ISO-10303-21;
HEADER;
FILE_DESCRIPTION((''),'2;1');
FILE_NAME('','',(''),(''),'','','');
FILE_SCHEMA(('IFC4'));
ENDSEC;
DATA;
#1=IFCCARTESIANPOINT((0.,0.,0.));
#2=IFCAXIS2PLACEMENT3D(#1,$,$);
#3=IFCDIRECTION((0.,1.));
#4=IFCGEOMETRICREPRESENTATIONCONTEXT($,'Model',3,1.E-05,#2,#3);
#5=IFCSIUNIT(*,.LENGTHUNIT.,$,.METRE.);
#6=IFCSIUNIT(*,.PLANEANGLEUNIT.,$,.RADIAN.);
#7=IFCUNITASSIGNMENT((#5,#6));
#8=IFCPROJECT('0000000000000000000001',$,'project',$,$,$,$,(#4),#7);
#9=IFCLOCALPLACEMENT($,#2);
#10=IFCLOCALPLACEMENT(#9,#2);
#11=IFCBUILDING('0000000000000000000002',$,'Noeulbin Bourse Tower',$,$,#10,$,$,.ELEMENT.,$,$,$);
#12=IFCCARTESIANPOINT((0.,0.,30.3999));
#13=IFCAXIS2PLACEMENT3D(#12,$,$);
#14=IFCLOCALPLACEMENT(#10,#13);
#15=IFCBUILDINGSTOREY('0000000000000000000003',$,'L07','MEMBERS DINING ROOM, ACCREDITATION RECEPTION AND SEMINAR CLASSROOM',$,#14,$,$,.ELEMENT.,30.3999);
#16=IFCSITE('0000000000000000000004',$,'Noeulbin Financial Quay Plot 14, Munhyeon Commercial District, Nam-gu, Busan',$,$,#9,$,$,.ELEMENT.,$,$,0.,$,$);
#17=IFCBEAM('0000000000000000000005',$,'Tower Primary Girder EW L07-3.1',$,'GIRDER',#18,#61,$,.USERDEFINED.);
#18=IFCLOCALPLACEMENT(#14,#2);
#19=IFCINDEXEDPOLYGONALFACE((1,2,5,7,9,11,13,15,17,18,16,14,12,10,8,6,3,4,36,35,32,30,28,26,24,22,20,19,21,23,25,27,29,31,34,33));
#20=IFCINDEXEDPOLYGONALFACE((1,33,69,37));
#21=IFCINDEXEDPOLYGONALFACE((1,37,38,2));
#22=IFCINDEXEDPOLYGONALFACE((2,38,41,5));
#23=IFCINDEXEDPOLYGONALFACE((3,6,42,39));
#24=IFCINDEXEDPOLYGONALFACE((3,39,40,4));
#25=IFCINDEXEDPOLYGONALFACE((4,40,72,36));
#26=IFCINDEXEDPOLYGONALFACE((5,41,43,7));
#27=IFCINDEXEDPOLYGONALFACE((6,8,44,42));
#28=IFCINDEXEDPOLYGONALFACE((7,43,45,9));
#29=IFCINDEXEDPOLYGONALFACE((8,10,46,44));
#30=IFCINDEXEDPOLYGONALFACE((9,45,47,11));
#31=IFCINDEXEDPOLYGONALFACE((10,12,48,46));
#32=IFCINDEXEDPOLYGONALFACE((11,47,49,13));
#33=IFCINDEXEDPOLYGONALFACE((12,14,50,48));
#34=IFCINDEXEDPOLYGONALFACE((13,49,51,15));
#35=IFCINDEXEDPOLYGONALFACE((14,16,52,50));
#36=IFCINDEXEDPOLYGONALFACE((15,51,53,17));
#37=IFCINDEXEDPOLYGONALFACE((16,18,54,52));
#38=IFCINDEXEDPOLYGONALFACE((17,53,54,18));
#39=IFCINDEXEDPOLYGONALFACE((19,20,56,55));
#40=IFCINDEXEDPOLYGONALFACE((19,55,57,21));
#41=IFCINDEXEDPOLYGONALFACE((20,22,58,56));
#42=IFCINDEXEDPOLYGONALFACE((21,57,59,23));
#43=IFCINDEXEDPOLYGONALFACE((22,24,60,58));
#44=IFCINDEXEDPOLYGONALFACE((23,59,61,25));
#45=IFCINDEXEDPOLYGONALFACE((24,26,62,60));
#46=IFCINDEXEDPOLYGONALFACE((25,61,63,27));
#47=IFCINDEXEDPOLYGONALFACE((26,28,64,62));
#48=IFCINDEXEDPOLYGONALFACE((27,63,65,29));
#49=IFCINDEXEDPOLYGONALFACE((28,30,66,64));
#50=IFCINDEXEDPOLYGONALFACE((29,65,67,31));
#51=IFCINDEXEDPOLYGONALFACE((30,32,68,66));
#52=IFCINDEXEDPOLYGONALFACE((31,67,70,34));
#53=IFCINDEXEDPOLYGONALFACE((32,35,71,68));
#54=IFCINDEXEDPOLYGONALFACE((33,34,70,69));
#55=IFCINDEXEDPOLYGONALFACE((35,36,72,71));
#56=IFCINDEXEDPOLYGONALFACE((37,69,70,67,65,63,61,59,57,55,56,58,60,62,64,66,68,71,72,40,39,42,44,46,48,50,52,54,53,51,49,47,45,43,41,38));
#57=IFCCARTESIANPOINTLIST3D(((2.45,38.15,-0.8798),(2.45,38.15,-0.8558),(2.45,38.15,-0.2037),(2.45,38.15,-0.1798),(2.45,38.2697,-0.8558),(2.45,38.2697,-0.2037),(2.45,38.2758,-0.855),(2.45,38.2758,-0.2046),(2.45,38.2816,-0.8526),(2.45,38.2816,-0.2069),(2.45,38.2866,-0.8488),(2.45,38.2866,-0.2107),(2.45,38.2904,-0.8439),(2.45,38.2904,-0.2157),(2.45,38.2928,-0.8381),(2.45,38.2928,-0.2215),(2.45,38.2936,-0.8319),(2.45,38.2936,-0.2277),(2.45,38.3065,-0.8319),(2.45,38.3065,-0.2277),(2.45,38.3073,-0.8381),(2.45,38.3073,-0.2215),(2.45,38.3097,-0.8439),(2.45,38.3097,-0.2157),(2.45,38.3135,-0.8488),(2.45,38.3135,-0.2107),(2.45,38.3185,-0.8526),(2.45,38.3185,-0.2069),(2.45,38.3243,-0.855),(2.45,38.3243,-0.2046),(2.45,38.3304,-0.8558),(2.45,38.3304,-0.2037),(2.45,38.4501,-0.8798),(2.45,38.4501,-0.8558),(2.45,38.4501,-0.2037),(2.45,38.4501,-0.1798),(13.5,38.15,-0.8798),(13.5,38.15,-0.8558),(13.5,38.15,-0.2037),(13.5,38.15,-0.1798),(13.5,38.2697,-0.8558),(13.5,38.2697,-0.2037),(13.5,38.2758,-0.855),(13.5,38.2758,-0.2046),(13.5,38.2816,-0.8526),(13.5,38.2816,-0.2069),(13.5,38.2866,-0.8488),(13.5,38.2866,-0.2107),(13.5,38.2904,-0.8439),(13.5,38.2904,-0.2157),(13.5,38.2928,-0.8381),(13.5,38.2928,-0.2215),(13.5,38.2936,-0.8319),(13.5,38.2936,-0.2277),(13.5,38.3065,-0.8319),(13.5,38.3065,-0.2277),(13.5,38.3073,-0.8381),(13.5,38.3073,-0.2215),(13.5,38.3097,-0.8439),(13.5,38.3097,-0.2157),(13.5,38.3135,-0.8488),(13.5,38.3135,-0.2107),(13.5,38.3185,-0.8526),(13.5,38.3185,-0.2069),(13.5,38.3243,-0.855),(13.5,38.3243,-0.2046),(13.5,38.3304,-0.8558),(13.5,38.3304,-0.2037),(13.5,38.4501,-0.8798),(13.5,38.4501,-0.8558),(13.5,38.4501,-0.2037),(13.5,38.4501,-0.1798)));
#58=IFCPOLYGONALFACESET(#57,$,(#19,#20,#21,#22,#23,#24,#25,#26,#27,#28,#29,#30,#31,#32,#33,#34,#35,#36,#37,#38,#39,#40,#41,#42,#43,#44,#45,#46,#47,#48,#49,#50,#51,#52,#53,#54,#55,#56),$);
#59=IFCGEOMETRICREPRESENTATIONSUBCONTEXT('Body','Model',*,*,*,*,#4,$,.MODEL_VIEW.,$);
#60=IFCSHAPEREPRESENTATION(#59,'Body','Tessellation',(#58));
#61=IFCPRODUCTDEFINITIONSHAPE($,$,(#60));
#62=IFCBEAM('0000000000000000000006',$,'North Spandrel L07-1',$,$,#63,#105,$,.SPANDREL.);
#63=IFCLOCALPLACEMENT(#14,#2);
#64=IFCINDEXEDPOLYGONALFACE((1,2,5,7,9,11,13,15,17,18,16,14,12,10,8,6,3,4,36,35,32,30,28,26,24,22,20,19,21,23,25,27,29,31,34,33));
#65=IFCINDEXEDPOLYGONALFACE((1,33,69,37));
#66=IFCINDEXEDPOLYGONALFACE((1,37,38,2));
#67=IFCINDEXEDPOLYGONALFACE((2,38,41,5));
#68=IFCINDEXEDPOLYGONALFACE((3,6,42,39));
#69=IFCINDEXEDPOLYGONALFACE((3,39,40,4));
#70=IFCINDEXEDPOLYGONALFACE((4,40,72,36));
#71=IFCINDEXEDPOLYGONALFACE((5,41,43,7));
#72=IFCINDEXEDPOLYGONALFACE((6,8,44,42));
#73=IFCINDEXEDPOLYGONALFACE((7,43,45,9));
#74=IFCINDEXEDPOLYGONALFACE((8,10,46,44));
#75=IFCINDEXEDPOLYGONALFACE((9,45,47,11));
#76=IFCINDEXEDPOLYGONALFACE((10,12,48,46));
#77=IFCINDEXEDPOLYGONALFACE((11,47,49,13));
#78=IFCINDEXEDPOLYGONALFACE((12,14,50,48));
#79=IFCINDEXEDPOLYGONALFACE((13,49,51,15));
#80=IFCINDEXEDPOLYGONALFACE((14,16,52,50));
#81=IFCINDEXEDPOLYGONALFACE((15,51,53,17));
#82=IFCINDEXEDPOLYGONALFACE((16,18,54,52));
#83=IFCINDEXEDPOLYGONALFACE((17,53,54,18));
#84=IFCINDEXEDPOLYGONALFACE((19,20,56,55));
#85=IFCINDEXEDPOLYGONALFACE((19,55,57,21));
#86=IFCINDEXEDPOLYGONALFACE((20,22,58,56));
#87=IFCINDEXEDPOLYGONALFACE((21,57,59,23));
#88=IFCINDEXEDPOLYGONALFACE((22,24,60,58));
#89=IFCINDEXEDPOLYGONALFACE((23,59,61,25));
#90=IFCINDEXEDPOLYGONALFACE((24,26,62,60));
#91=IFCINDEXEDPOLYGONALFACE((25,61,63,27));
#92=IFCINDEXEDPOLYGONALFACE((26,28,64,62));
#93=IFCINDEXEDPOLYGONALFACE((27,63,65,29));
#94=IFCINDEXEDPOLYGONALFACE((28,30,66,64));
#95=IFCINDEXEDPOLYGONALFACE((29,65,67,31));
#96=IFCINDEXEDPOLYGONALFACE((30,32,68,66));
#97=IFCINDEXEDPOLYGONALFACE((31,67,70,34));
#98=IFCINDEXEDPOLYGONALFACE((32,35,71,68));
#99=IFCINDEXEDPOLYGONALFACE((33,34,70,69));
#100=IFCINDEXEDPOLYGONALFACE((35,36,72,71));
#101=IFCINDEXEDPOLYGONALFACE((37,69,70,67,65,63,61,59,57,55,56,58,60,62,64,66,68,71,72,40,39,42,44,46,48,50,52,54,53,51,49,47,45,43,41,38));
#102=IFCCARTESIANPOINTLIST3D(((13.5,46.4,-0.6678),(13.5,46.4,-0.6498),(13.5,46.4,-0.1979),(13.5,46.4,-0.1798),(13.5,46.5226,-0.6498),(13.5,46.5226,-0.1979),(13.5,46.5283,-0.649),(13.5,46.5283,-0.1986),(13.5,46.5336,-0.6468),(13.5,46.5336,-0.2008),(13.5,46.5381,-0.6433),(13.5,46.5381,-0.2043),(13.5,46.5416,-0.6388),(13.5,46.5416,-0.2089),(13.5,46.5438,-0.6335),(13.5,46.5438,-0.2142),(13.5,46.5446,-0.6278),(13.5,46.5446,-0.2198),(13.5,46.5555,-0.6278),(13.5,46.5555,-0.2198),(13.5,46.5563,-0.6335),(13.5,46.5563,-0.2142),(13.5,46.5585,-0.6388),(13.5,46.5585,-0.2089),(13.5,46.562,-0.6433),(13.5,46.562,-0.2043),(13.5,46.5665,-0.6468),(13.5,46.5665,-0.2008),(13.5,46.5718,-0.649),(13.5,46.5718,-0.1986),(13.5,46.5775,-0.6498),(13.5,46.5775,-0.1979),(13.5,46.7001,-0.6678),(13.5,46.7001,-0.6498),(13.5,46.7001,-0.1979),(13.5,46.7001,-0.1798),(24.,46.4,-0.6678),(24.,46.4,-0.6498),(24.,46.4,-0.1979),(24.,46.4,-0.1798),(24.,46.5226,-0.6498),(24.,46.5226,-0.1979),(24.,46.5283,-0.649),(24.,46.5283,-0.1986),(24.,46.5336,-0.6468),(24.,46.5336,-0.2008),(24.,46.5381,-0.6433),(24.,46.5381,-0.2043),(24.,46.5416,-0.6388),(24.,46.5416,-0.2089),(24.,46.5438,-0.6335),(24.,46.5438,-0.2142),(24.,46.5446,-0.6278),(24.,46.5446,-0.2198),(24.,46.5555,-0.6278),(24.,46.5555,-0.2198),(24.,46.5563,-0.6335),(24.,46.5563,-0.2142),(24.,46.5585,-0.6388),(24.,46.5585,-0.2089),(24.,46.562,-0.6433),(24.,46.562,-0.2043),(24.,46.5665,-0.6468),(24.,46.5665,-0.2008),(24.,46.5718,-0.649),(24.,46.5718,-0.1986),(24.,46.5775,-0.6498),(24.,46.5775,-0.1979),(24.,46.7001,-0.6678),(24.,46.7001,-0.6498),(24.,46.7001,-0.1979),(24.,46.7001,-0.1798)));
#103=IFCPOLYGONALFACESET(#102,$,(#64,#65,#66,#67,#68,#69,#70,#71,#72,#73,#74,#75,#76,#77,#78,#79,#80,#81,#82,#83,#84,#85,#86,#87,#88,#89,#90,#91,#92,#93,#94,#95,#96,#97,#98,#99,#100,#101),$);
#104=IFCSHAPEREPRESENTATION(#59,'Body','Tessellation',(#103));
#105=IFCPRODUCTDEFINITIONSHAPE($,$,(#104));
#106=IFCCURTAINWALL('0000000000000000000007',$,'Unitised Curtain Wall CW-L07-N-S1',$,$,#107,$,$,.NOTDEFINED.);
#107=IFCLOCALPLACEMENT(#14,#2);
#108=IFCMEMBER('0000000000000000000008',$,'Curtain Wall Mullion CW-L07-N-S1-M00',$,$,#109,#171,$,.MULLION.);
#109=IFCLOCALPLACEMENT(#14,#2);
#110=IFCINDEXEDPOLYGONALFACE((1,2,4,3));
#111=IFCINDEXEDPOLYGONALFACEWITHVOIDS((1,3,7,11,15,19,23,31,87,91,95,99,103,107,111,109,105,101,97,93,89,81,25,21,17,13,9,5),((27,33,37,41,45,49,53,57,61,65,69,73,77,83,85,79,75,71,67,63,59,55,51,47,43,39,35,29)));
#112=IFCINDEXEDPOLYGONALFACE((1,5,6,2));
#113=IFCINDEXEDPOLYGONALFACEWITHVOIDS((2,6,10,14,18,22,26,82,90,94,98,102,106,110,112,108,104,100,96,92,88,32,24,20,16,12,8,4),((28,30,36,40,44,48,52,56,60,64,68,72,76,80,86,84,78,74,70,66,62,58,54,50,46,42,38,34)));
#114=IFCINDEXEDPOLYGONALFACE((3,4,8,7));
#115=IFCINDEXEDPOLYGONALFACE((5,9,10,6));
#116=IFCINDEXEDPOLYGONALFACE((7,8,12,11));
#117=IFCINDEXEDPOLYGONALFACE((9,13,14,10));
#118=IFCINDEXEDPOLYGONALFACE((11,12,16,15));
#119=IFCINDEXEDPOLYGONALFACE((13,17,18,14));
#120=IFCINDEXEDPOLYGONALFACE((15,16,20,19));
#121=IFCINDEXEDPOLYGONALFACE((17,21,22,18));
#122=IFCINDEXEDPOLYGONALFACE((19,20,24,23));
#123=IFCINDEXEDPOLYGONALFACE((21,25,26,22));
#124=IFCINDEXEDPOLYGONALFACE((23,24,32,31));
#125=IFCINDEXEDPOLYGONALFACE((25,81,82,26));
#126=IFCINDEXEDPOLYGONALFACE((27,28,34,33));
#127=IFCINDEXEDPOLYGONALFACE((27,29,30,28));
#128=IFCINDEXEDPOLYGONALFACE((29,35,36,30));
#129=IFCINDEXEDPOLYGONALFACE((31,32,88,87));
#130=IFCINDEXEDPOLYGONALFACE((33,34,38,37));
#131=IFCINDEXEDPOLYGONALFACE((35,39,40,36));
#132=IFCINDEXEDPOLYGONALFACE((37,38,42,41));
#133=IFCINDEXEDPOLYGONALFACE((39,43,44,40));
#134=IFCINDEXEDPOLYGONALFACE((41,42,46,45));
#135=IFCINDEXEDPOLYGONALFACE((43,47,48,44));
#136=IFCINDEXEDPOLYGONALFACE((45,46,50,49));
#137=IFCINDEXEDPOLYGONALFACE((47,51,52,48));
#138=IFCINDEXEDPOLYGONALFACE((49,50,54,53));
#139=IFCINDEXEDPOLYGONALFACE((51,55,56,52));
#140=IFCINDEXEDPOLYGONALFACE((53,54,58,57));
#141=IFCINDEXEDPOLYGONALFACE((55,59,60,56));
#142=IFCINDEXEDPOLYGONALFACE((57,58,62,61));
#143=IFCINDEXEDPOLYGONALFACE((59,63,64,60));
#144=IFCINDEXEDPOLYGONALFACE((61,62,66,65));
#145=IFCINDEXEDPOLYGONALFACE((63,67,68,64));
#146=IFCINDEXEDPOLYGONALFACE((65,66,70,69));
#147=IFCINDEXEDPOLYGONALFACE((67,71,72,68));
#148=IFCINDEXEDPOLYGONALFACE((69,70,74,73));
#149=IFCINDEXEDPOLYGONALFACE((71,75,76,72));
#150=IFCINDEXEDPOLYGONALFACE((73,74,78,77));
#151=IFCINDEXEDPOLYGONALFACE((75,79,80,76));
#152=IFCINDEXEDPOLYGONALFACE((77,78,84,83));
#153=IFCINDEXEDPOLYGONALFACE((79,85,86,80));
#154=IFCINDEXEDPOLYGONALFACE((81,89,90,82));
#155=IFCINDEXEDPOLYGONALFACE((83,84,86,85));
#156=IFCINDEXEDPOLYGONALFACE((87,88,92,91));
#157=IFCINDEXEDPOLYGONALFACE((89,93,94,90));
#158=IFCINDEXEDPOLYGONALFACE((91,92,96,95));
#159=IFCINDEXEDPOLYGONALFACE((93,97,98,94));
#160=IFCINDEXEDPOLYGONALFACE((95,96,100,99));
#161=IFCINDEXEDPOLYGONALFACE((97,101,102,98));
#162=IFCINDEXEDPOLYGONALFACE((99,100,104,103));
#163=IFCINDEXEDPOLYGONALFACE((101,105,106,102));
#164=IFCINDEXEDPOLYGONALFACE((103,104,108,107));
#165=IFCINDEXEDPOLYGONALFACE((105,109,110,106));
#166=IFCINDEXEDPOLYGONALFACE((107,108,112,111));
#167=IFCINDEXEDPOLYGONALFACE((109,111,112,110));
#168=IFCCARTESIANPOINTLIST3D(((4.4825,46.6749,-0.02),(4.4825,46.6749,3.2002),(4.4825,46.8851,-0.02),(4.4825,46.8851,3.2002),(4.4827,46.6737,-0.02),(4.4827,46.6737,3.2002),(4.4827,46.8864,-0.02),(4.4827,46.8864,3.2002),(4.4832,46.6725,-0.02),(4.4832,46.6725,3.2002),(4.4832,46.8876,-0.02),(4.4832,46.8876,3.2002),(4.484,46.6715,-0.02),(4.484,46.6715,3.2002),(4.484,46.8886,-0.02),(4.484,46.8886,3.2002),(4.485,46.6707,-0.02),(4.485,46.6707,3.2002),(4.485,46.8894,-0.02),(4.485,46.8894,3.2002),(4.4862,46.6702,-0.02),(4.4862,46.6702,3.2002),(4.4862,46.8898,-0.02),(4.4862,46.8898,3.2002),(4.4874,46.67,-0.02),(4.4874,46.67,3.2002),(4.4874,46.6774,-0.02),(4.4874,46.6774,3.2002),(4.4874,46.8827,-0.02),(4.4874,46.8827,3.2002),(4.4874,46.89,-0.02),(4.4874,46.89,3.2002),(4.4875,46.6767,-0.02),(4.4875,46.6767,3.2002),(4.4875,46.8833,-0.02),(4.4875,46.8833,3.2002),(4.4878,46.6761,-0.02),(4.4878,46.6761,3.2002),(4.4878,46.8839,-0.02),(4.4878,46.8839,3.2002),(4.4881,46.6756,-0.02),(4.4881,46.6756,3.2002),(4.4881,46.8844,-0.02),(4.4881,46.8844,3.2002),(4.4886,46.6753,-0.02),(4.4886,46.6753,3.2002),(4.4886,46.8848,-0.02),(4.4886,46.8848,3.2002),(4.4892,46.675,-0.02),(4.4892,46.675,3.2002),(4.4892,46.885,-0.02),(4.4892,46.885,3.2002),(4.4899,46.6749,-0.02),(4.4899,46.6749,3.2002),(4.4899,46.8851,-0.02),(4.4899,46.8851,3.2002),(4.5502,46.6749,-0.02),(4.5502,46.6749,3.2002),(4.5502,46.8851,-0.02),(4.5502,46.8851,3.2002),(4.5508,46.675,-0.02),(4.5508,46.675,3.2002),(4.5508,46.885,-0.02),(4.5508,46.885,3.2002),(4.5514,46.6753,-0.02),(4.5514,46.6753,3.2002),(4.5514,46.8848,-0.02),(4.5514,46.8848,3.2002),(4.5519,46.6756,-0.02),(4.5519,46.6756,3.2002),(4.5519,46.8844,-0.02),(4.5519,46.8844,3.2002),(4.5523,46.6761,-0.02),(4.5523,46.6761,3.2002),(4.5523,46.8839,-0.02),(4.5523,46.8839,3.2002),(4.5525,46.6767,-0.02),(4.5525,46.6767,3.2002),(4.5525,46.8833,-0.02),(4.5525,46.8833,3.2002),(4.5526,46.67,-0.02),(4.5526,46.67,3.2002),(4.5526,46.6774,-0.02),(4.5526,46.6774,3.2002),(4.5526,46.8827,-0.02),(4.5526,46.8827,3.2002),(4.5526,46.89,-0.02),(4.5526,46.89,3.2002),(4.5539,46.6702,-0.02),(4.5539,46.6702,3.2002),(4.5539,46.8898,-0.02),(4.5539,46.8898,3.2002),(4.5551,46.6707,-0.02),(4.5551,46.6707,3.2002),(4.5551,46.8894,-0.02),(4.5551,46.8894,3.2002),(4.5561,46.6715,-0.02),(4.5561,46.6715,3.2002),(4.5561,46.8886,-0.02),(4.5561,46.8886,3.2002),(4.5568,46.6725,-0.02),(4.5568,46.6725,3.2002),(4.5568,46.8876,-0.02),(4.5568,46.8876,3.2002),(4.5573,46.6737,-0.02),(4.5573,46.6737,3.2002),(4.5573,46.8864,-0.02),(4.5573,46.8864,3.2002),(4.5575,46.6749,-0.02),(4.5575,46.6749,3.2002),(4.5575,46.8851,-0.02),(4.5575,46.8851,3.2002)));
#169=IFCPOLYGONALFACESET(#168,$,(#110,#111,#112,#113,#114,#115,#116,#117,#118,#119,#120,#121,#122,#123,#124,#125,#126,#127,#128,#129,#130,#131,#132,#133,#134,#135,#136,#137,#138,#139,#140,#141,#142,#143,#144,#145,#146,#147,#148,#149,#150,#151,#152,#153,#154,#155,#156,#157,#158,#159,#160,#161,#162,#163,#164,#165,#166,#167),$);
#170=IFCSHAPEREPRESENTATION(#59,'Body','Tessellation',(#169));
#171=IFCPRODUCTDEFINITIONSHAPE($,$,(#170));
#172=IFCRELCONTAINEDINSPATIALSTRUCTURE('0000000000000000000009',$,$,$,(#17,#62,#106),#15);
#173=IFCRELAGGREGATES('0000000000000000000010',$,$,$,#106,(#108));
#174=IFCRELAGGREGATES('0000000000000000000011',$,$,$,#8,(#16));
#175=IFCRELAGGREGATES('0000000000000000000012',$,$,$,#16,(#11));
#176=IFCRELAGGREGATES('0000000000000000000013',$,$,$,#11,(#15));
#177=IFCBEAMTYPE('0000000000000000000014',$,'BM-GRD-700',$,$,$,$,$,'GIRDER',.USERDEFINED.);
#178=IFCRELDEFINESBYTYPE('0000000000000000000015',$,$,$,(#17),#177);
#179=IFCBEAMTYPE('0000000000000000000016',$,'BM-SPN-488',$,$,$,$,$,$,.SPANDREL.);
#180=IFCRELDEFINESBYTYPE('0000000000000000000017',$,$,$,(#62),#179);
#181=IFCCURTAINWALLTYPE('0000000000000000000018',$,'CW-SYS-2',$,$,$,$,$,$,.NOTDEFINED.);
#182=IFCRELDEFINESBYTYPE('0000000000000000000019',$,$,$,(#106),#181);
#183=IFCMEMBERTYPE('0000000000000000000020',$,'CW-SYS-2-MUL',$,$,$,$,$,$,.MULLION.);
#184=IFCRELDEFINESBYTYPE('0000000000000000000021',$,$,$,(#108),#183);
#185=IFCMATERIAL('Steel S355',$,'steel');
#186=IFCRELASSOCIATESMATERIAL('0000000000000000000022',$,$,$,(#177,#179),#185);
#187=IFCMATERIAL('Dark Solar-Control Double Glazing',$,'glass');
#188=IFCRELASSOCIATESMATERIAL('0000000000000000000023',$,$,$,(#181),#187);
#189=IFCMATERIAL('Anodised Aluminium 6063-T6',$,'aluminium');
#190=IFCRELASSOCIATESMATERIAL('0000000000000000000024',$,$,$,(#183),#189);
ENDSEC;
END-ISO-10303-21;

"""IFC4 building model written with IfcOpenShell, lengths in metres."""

from ifc_helpers import new_model, si_unit, direction, frame, origin, origin_2d, place, context, subcontext, project, spatial, hollow_rectangle, i_section, extrude, material, material_profile, profile_set, type_object, element, aggregate, save


model = new_model("IFC4")

# Units and contexts
model_context = context("Model", 3, precision=1e-05, world=origin(), true_north=direction((0.0, 1.0)))
body_context = subcontext(model_context, "Body", "Model", "MODEL_VIEW")
ifc_project = project(units=[si_unit("LENGTHUNIT", "METRE"), si_unit("PLANEANGLEUNIT", "RADIAN")], contexts=[model_context])

# Site, building, storey
site_placement = place(None, origin())
site = spatial("IfcSite", under=ifc_project, at=site_placement, Name="Noeulbin Financial Quay Plot 14, Munhyeon Commercial District, Nam-gu, Busan", CompositionType="ELEMENT", RefElevation=0.0)
building_placement = place(site_placement, origin())
building = spatial("IfcBuilding", under=site, at=building_placement, Name="Noeulbin Bourse Tower", CompositionType="ELEMENT")
storey_placement = place(building_placement, frame((0.0, 0.0, 30.3999)))
storey = spatial("IfcBuildingStorey", under=building, at=storey_placement, Name="L07", Description="MEMBERS DINING ROOM, ACCREDITATION RECEPTION AND SEMINAR CLASSROOM", CompositionType="ELEMENT", Elevation=30.3999)

# Beams
ifc_material_1 = material(Name="Steel S355", Category="steel")
ifc_material_profile_1 = material_profile(ifc_material_1, i_section(OverallWidth=0.3, OverallDepth=0.7, WebThickness=0.0129, FlangeThickness=0.0239, FilletRadius=0.0239, at=origin_2d()), Name="H-700x300x13x24", Category="LoadBearing")
ifc_profile_set_1 = profile_set([ifc_material_profile_1], Name="Steel S355")
beam_type_1 = type_object("IfcBeamType", Name="BM-GRD-700", ElementType="GIRDER", PredefinedType="USERDEFINED", material=ifc_profile_set_1)
beam_1_placement = place(storey_placement, frame((2.45, 38.3, -0.5298), z_axis=(1.0, 0.0, 0.0), x_axis=(0.0, 1.0, 0.0)))
element("IfcBeam", 1, at=beam_1_placement, inside=storey, type_object=beam_type_1, Name="Tower Primary Girder EW L07-3.1", ObjectType="GIRDER", PredefinedType="USERDEFINED", context=body_context, shape_type="SweptSolid", body=[
    extrude(i_section(OverallWidth=0.3, OverallDepth=0.7, WebThickness=0.0129, FlangeThickness=0.0239, FilletRadius=0.0239, at=origin_2d()), origin(), (0.0, 0.0, 1.0), 11.05),
])
ifc_material_profile_2 = material_profile(ifc_material_1, i_section(OverallWidth=0.3, OverallDepth=0.488, WebThickness=0.011, FlangeThickness=0.0181, FilletRadius=0.022, at=origin_2d()), Name="H-488x300x11x18", Category="LoadBearing")
ifc_profile_set_2 = profile_set([ifc_material_profile_2], Name="Steel S355")
beam_type_2 = type_object("IfcBeamType", Name="BM-SPN-488", PredefinedType="SPANDREL", material=ifc_profile_set_2)
beam_2_placement = place(storey_placement, frame((13.5, 46.55, -0.4238), z_axis=(1.0, 0.0, 0.0), x_axis=(0.0, 1.0, 0.0)))
element("IfcBeam", 2, at=beam_2_placement, inside=storey, type_object=beam_type_2, Name="North Spandrel L07-1", PredefinedType="SPANDREL", context=body_context, shape_type="SweptSolid", body=[
    extrude(i_section(OverallWidth=0.3, OverallDepth=0.488, WebThickness=0.011, FlangeThickness=0.0181, FilletRadius=0.022, at=origin_2d()), origin(), (0.0, 0.0, 1.0), 10.5),
])

# Curtain wall, member
ifc_material_2 = material(Name="Dark Solar-Control Double Glazing", Category="glass")
curtain_wall_type = type_object("IfcCurtainWallType", Name="CW-SYS-2", PredefinedType="NOTDEFINED", material=ifc_material_2)
curtain_wall_1_placement = place(storey_placement, origin())
curtain_wall_1 = element("IfcCurtainWall", 3, at=curtain_wall_1_placement, inside=storey, type_object=curtain_wall_type, Name="Unitised Curtain Wall CW-L07-N-S1", PredefinedType="NOTDEFINED")
ifc_material_3 = material(Name="Anodised Aluminium 6063-T6", Category="aluminium")
ifc_material_profile_3 = material_profile(ifc_material_3, hollow_rectangle(XDim=0.075, YDim=0.22, WallThickness=0.0049, InnerFilletRadius=0.0024, OuterFilletRadius=0.0049, at=origin_2d()), Name="ALU-MULL-75x220x5", Category="LoadBearing")
ifc_profile_set_3 = profile_set([ifc_material_profile_3], Name="Anodised Aluminium 6063-T6")
member_type_1 = type_object("IfcMemberType", Name="CW-SYS-2-MUL", PredefinedType="MULLION", material=ifc_profile_set_3)
member_1_placement = place(storey_placement, frame((4.52, 46.78, -0.02), z_axis=(0.0, 0.0, 1.0), x_axis=(1.0, 0.0, 0.0)))
member_1 = element("IfcMember", 4, at=member_1_placement, type_object=member_type_1, Name="Curtain Wall Mullion CW-L07-N-S1-M00", PredefinedType="MULLION", context=body_context, shape_type="SweptSolid", body=[
    extrude(hollow_rectangle(XDim=0.075, YDim=0.22, WallThickness=0.0049, InnerFilletRadius=0.0024, OuterFilletRadius=0.0049, at=origin_2d()), origin(), (0.0, 0.0, 1.0), 3.2202),
])

aggregate(curtain_wall_1, [member_1])

save(model, "model.ifc")
